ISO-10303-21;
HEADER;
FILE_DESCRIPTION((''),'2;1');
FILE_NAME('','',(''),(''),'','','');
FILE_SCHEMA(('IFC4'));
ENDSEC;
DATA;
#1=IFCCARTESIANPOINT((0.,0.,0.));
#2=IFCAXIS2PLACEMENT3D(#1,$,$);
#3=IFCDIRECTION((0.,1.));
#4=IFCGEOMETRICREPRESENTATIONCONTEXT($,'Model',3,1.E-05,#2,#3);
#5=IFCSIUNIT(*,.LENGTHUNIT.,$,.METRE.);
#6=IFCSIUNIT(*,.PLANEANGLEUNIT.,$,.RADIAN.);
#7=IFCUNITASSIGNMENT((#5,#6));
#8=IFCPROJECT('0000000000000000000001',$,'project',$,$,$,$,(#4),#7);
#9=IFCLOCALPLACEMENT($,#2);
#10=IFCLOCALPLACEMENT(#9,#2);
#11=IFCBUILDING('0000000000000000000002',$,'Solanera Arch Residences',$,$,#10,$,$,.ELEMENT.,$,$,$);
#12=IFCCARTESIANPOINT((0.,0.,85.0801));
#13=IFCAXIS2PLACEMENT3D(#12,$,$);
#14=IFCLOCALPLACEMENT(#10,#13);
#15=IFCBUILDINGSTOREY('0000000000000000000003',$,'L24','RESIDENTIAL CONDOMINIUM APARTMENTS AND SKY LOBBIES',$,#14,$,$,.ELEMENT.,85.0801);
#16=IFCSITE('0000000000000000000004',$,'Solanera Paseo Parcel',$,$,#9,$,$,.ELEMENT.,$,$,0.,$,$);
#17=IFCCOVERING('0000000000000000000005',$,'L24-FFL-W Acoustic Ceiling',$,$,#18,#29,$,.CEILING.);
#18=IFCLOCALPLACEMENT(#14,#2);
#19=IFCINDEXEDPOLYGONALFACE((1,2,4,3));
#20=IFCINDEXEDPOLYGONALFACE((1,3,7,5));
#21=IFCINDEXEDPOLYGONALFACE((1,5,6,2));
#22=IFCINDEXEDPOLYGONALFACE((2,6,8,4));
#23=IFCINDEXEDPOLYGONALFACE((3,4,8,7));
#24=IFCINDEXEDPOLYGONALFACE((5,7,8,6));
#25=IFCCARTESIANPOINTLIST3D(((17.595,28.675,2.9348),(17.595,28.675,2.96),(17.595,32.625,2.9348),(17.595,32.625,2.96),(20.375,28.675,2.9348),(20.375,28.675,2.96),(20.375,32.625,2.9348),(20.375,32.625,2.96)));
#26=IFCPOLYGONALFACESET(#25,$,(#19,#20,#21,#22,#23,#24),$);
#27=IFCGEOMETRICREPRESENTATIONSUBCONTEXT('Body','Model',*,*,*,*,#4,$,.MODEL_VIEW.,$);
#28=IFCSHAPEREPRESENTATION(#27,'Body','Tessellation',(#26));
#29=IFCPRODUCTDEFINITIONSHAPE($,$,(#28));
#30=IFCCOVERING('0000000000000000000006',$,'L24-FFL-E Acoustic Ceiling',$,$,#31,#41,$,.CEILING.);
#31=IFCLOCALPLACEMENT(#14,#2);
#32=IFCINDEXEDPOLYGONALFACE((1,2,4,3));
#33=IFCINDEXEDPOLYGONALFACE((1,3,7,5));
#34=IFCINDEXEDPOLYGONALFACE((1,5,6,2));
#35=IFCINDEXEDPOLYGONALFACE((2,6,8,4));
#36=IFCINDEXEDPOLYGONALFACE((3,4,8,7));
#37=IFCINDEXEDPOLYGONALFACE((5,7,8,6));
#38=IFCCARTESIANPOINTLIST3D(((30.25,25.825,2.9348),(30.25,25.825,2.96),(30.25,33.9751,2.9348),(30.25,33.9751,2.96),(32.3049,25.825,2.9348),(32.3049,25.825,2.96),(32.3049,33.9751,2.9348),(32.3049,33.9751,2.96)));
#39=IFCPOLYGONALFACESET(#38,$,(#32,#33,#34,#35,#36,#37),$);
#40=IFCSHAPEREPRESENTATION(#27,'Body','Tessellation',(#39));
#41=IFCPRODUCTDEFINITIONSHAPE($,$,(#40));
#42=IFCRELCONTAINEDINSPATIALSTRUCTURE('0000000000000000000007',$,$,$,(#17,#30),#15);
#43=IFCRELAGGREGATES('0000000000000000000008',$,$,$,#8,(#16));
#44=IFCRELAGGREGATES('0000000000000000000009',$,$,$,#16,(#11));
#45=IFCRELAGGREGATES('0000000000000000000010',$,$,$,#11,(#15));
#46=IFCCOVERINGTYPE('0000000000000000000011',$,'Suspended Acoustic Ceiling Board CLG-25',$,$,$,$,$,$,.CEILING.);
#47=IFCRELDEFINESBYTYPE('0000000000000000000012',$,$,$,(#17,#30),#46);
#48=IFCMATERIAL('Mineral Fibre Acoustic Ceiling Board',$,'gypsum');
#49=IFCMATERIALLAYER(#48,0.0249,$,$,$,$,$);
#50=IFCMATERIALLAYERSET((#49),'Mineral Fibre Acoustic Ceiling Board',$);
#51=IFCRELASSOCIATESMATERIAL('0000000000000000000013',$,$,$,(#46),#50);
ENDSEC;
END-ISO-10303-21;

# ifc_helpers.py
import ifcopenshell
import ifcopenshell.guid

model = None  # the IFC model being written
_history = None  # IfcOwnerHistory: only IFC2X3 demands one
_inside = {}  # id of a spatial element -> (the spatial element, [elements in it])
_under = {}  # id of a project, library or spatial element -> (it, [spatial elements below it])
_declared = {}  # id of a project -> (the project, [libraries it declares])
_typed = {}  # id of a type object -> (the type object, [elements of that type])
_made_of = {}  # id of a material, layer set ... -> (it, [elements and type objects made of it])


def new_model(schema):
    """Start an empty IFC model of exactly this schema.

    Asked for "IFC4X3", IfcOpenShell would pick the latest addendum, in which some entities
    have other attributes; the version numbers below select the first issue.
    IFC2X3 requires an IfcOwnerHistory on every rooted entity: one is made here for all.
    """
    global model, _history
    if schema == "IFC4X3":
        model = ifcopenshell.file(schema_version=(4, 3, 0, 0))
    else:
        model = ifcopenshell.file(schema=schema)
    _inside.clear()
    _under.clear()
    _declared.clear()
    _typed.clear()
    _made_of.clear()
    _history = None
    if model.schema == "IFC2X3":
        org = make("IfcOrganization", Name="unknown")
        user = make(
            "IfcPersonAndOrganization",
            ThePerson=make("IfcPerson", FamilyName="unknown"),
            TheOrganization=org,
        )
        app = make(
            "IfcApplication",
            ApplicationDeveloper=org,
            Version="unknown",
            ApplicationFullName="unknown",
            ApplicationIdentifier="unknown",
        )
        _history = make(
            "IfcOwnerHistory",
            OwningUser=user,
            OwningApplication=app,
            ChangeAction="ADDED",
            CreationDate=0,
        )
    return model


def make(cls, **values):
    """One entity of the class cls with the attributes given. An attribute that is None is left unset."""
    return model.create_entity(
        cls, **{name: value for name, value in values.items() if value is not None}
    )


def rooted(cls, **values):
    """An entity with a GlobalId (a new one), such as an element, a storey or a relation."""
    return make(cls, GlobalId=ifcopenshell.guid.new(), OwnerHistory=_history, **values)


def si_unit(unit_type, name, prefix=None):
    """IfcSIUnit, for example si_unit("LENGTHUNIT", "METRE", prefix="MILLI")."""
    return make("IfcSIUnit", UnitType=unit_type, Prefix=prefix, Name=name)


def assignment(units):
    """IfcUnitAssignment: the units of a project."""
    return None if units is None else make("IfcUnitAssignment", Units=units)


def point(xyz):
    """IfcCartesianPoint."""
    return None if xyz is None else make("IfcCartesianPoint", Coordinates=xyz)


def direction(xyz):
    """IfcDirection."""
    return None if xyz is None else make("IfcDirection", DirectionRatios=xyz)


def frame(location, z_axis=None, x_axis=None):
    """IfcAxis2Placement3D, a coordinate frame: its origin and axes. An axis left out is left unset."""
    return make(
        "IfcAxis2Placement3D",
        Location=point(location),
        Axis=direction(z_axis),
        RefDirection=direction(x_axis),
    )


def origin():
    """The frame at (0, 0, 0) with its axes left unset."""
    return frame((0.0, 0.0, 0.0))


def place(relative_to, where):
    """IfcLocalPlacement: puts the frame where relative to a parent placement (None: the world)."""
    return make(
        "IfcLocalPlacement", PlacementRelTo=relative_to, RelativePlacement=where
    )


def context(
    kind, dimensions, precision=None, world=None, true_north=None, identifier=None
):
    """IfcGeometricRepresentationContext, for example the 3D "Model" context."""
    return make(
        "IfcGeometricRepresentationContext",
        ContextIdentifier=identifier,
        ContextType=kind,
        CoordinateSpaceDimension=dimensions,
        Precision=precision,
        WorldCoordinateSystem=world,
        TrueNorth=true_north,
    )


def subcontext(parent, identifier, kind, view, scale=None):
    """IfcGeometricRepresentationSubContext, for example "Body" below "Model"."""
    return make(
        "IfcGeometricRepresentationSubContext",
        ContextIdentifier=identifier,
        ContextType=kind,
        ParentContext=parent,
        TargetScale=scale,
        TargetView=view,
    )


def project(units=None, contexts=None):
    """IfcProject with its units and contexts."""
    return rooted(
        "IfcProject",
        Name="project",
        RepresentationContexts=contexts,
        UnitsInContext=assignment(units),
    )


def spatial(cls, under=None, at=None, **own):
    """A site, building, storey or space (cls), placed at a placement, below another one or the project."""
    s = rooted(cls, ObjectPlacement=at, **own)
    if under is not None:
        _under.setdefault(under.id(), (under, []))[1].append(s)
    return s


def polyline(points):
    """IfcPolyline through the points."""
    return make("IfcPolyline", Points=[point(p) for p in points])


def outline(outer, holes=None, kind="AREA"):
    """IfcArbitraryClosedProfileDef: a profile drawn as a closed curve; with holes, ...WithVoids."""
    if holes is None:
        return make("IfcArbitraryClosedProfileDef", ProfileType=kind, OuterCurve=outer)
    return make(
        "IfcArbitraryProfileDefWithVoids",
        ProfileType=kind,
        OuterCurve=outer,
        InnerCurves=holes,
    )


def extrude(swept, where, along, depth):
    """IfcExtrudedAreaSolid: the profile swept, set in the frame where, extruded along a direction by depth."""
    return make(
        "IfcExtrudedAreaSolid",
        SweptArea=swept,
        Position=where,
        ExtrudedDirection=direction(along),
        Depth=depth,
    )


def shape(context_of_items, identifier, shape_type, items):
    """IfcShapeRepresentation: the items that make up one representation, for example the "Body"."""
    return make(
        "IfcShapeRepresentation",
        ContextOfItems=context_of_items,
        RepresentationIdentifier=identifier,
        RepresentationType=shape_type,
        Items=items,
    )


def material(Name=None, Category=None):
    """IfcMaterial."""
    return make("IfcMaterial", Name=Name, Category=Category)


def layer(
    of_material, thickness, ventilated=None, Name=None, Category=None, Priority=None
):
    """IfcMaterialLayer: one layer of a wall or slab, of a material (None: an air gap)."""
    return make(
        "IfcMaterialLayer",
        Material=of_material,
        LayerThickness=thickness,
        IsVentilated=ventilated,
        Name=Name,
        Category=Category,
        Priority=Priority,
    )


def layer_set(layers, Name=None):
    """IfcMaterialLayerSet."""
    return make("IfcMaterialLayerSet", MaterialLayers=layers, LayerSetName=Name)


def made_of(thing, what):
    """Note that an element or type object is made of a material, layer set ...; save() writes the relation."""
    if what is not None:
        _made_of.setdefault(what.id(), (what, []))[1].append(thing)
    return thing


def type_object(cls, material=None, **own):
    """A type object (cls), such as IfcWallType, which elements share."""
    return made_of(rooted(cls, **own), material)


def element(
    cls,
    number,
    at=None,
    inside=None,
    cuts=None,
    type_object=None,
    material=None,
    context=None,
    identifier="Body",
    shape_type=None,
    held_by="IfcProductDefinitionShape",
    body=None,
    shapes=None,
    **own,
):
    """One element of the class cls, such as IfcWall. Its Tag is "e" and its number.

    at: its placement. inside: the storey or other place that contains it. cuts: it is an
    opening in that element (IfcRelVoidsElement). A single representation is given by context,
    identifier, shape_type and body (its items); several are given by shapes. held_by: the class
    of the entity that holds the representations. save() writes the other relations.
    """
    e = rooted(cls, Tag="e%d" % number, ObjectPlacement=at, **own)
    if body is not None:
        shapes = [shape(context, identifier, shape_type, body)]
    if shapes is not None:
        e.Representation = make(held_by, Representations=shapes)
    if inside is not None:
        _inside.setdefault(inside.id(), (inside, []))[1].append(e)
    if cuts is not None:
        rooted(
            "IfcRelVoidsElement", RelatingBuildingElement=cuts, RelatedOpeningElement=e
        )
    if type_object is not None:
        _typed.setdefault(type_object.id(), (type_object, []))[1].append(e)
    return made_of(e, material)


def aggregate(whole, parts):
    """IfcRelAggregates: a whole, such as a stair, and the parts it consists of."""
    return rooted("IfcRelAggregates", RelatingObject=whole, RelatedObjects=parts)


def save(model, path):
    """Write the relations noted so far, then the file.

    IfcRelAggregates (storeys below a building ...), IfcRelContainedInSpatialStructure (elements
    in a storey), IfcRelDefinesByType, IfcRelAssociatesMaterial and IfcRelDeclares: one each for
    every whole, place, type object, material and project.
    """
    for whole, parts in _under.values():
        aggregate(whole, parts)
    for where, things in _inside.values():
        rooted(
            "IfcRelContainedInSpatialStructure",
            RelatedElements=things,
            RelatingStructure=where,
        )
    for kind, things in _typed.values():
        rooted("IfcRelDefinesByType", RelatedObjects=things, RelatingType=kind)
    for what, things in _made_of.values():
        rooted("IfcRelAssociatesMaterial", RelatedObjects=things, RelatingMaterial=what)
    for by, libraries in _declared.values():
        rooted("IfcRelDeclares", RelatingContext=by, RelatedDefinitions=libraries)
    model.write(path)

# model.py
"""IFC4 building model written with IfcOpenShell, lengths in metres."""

from ifc_helpers import new_model, si_unit, direction, frame, origin, place, context, subcontext, project, spatial, polyline, outline, extrude, material, layer, layer_set, type_object, element, save


model = new_model("IFC4")

# Units and contexts
model_context = context("Model", 3, precision=1e-05, world=origin(), true_north=direction((0.0, 1.0)))
body_context = subcontext(model_context, "Body", "Model", "MODEL_VIEW")
ifc_project = project(units=[si_unit("LENGTHUNIT", "METRE"), si_unit("PLANEANGLEUNIT", "RADIAN")], contexts=[model_context])

# Site, building, storey
site_placement = place(None, origin())
site = spatial("IfcSite", under=ifc_project, at=site_placement, Name="Solanera Paseo Parcel", CompositionType="ELEMENT", RefElevation=0.0)
building_placement = place(site_placement, origin())
building = spatial("IfcBuilding", under=site, at=building_placement, Name="Solanera Arch Residences", CompositionType="ELEMENT")
storey_placement = place(building_placement, frame((0.0, 0.0, 85.0801)))
storey = spatial("IfcBuildingStorey", under=building, at=storey_placement, Name="L24", Description="RESIDENTIAL CONDOMINIUM APARTMENTS AND SKY LOBBIES", CompositionType="ELEMENT", Elevation=85.0801)

# Coverings
ifc_material_1 = material(Name="Mineral Fibre Acoustic Ceiling Board", Category="gypsum")
ifc_layer_1 = layer(ifc_material_1, 0.0249)
ifc_layer_set_1 = layer_set([ifc_layer_1], Name="Mineral Fibre Acoustic Ceiling Board")
covering_type_1 = type_object("IfcCoveringType", Name="Suspended Acoustic Ceiling Board CLG-25", PredefinedType="CEILING", material=ifc_layer_set_1)
covering_1_placement = place(storey_placement, frame((0.0, 0.0, 2.9348)))
element("IfcCovering", 1, at=covering_1_placement, inside=storey, type_object=covering_type_1, Name="L24-FFL-W Acoustic Ceiling", PredefinedType="CEILING", context=body_context, shape_type="SweptSolid", body=[
    extrude(outline(polyline([(20.375, 28.675), (17.595, 28.675), (17.595, 32.625), (20.375, 32.625), (20.375, 28.675)])), origin(), (0.0, 0.0, 1.0), 0.0251),
])
covering_2_placement = place(storey_placement, frame((0.0, 0.0, 2.9348)))
element("IfcCovering", 2, at=covering_2_placement, inside=storey, type_object=covering_type_1, Name="L24-FFL-E Acoustic Ceiling", PredefinedType="CEILING", context=body_context, shape_type="SweptSolid", body=[
    extrude(outline(polyline([(32.3049, 25.825), (30.25, 25.825), (30.25, 33.9751), (32.3049, 33.9751), (32.3049, 25.825)])), origin(), (0.0, 0.0, 1.0), 0.0251),
])

save(model, "model.ifc")
